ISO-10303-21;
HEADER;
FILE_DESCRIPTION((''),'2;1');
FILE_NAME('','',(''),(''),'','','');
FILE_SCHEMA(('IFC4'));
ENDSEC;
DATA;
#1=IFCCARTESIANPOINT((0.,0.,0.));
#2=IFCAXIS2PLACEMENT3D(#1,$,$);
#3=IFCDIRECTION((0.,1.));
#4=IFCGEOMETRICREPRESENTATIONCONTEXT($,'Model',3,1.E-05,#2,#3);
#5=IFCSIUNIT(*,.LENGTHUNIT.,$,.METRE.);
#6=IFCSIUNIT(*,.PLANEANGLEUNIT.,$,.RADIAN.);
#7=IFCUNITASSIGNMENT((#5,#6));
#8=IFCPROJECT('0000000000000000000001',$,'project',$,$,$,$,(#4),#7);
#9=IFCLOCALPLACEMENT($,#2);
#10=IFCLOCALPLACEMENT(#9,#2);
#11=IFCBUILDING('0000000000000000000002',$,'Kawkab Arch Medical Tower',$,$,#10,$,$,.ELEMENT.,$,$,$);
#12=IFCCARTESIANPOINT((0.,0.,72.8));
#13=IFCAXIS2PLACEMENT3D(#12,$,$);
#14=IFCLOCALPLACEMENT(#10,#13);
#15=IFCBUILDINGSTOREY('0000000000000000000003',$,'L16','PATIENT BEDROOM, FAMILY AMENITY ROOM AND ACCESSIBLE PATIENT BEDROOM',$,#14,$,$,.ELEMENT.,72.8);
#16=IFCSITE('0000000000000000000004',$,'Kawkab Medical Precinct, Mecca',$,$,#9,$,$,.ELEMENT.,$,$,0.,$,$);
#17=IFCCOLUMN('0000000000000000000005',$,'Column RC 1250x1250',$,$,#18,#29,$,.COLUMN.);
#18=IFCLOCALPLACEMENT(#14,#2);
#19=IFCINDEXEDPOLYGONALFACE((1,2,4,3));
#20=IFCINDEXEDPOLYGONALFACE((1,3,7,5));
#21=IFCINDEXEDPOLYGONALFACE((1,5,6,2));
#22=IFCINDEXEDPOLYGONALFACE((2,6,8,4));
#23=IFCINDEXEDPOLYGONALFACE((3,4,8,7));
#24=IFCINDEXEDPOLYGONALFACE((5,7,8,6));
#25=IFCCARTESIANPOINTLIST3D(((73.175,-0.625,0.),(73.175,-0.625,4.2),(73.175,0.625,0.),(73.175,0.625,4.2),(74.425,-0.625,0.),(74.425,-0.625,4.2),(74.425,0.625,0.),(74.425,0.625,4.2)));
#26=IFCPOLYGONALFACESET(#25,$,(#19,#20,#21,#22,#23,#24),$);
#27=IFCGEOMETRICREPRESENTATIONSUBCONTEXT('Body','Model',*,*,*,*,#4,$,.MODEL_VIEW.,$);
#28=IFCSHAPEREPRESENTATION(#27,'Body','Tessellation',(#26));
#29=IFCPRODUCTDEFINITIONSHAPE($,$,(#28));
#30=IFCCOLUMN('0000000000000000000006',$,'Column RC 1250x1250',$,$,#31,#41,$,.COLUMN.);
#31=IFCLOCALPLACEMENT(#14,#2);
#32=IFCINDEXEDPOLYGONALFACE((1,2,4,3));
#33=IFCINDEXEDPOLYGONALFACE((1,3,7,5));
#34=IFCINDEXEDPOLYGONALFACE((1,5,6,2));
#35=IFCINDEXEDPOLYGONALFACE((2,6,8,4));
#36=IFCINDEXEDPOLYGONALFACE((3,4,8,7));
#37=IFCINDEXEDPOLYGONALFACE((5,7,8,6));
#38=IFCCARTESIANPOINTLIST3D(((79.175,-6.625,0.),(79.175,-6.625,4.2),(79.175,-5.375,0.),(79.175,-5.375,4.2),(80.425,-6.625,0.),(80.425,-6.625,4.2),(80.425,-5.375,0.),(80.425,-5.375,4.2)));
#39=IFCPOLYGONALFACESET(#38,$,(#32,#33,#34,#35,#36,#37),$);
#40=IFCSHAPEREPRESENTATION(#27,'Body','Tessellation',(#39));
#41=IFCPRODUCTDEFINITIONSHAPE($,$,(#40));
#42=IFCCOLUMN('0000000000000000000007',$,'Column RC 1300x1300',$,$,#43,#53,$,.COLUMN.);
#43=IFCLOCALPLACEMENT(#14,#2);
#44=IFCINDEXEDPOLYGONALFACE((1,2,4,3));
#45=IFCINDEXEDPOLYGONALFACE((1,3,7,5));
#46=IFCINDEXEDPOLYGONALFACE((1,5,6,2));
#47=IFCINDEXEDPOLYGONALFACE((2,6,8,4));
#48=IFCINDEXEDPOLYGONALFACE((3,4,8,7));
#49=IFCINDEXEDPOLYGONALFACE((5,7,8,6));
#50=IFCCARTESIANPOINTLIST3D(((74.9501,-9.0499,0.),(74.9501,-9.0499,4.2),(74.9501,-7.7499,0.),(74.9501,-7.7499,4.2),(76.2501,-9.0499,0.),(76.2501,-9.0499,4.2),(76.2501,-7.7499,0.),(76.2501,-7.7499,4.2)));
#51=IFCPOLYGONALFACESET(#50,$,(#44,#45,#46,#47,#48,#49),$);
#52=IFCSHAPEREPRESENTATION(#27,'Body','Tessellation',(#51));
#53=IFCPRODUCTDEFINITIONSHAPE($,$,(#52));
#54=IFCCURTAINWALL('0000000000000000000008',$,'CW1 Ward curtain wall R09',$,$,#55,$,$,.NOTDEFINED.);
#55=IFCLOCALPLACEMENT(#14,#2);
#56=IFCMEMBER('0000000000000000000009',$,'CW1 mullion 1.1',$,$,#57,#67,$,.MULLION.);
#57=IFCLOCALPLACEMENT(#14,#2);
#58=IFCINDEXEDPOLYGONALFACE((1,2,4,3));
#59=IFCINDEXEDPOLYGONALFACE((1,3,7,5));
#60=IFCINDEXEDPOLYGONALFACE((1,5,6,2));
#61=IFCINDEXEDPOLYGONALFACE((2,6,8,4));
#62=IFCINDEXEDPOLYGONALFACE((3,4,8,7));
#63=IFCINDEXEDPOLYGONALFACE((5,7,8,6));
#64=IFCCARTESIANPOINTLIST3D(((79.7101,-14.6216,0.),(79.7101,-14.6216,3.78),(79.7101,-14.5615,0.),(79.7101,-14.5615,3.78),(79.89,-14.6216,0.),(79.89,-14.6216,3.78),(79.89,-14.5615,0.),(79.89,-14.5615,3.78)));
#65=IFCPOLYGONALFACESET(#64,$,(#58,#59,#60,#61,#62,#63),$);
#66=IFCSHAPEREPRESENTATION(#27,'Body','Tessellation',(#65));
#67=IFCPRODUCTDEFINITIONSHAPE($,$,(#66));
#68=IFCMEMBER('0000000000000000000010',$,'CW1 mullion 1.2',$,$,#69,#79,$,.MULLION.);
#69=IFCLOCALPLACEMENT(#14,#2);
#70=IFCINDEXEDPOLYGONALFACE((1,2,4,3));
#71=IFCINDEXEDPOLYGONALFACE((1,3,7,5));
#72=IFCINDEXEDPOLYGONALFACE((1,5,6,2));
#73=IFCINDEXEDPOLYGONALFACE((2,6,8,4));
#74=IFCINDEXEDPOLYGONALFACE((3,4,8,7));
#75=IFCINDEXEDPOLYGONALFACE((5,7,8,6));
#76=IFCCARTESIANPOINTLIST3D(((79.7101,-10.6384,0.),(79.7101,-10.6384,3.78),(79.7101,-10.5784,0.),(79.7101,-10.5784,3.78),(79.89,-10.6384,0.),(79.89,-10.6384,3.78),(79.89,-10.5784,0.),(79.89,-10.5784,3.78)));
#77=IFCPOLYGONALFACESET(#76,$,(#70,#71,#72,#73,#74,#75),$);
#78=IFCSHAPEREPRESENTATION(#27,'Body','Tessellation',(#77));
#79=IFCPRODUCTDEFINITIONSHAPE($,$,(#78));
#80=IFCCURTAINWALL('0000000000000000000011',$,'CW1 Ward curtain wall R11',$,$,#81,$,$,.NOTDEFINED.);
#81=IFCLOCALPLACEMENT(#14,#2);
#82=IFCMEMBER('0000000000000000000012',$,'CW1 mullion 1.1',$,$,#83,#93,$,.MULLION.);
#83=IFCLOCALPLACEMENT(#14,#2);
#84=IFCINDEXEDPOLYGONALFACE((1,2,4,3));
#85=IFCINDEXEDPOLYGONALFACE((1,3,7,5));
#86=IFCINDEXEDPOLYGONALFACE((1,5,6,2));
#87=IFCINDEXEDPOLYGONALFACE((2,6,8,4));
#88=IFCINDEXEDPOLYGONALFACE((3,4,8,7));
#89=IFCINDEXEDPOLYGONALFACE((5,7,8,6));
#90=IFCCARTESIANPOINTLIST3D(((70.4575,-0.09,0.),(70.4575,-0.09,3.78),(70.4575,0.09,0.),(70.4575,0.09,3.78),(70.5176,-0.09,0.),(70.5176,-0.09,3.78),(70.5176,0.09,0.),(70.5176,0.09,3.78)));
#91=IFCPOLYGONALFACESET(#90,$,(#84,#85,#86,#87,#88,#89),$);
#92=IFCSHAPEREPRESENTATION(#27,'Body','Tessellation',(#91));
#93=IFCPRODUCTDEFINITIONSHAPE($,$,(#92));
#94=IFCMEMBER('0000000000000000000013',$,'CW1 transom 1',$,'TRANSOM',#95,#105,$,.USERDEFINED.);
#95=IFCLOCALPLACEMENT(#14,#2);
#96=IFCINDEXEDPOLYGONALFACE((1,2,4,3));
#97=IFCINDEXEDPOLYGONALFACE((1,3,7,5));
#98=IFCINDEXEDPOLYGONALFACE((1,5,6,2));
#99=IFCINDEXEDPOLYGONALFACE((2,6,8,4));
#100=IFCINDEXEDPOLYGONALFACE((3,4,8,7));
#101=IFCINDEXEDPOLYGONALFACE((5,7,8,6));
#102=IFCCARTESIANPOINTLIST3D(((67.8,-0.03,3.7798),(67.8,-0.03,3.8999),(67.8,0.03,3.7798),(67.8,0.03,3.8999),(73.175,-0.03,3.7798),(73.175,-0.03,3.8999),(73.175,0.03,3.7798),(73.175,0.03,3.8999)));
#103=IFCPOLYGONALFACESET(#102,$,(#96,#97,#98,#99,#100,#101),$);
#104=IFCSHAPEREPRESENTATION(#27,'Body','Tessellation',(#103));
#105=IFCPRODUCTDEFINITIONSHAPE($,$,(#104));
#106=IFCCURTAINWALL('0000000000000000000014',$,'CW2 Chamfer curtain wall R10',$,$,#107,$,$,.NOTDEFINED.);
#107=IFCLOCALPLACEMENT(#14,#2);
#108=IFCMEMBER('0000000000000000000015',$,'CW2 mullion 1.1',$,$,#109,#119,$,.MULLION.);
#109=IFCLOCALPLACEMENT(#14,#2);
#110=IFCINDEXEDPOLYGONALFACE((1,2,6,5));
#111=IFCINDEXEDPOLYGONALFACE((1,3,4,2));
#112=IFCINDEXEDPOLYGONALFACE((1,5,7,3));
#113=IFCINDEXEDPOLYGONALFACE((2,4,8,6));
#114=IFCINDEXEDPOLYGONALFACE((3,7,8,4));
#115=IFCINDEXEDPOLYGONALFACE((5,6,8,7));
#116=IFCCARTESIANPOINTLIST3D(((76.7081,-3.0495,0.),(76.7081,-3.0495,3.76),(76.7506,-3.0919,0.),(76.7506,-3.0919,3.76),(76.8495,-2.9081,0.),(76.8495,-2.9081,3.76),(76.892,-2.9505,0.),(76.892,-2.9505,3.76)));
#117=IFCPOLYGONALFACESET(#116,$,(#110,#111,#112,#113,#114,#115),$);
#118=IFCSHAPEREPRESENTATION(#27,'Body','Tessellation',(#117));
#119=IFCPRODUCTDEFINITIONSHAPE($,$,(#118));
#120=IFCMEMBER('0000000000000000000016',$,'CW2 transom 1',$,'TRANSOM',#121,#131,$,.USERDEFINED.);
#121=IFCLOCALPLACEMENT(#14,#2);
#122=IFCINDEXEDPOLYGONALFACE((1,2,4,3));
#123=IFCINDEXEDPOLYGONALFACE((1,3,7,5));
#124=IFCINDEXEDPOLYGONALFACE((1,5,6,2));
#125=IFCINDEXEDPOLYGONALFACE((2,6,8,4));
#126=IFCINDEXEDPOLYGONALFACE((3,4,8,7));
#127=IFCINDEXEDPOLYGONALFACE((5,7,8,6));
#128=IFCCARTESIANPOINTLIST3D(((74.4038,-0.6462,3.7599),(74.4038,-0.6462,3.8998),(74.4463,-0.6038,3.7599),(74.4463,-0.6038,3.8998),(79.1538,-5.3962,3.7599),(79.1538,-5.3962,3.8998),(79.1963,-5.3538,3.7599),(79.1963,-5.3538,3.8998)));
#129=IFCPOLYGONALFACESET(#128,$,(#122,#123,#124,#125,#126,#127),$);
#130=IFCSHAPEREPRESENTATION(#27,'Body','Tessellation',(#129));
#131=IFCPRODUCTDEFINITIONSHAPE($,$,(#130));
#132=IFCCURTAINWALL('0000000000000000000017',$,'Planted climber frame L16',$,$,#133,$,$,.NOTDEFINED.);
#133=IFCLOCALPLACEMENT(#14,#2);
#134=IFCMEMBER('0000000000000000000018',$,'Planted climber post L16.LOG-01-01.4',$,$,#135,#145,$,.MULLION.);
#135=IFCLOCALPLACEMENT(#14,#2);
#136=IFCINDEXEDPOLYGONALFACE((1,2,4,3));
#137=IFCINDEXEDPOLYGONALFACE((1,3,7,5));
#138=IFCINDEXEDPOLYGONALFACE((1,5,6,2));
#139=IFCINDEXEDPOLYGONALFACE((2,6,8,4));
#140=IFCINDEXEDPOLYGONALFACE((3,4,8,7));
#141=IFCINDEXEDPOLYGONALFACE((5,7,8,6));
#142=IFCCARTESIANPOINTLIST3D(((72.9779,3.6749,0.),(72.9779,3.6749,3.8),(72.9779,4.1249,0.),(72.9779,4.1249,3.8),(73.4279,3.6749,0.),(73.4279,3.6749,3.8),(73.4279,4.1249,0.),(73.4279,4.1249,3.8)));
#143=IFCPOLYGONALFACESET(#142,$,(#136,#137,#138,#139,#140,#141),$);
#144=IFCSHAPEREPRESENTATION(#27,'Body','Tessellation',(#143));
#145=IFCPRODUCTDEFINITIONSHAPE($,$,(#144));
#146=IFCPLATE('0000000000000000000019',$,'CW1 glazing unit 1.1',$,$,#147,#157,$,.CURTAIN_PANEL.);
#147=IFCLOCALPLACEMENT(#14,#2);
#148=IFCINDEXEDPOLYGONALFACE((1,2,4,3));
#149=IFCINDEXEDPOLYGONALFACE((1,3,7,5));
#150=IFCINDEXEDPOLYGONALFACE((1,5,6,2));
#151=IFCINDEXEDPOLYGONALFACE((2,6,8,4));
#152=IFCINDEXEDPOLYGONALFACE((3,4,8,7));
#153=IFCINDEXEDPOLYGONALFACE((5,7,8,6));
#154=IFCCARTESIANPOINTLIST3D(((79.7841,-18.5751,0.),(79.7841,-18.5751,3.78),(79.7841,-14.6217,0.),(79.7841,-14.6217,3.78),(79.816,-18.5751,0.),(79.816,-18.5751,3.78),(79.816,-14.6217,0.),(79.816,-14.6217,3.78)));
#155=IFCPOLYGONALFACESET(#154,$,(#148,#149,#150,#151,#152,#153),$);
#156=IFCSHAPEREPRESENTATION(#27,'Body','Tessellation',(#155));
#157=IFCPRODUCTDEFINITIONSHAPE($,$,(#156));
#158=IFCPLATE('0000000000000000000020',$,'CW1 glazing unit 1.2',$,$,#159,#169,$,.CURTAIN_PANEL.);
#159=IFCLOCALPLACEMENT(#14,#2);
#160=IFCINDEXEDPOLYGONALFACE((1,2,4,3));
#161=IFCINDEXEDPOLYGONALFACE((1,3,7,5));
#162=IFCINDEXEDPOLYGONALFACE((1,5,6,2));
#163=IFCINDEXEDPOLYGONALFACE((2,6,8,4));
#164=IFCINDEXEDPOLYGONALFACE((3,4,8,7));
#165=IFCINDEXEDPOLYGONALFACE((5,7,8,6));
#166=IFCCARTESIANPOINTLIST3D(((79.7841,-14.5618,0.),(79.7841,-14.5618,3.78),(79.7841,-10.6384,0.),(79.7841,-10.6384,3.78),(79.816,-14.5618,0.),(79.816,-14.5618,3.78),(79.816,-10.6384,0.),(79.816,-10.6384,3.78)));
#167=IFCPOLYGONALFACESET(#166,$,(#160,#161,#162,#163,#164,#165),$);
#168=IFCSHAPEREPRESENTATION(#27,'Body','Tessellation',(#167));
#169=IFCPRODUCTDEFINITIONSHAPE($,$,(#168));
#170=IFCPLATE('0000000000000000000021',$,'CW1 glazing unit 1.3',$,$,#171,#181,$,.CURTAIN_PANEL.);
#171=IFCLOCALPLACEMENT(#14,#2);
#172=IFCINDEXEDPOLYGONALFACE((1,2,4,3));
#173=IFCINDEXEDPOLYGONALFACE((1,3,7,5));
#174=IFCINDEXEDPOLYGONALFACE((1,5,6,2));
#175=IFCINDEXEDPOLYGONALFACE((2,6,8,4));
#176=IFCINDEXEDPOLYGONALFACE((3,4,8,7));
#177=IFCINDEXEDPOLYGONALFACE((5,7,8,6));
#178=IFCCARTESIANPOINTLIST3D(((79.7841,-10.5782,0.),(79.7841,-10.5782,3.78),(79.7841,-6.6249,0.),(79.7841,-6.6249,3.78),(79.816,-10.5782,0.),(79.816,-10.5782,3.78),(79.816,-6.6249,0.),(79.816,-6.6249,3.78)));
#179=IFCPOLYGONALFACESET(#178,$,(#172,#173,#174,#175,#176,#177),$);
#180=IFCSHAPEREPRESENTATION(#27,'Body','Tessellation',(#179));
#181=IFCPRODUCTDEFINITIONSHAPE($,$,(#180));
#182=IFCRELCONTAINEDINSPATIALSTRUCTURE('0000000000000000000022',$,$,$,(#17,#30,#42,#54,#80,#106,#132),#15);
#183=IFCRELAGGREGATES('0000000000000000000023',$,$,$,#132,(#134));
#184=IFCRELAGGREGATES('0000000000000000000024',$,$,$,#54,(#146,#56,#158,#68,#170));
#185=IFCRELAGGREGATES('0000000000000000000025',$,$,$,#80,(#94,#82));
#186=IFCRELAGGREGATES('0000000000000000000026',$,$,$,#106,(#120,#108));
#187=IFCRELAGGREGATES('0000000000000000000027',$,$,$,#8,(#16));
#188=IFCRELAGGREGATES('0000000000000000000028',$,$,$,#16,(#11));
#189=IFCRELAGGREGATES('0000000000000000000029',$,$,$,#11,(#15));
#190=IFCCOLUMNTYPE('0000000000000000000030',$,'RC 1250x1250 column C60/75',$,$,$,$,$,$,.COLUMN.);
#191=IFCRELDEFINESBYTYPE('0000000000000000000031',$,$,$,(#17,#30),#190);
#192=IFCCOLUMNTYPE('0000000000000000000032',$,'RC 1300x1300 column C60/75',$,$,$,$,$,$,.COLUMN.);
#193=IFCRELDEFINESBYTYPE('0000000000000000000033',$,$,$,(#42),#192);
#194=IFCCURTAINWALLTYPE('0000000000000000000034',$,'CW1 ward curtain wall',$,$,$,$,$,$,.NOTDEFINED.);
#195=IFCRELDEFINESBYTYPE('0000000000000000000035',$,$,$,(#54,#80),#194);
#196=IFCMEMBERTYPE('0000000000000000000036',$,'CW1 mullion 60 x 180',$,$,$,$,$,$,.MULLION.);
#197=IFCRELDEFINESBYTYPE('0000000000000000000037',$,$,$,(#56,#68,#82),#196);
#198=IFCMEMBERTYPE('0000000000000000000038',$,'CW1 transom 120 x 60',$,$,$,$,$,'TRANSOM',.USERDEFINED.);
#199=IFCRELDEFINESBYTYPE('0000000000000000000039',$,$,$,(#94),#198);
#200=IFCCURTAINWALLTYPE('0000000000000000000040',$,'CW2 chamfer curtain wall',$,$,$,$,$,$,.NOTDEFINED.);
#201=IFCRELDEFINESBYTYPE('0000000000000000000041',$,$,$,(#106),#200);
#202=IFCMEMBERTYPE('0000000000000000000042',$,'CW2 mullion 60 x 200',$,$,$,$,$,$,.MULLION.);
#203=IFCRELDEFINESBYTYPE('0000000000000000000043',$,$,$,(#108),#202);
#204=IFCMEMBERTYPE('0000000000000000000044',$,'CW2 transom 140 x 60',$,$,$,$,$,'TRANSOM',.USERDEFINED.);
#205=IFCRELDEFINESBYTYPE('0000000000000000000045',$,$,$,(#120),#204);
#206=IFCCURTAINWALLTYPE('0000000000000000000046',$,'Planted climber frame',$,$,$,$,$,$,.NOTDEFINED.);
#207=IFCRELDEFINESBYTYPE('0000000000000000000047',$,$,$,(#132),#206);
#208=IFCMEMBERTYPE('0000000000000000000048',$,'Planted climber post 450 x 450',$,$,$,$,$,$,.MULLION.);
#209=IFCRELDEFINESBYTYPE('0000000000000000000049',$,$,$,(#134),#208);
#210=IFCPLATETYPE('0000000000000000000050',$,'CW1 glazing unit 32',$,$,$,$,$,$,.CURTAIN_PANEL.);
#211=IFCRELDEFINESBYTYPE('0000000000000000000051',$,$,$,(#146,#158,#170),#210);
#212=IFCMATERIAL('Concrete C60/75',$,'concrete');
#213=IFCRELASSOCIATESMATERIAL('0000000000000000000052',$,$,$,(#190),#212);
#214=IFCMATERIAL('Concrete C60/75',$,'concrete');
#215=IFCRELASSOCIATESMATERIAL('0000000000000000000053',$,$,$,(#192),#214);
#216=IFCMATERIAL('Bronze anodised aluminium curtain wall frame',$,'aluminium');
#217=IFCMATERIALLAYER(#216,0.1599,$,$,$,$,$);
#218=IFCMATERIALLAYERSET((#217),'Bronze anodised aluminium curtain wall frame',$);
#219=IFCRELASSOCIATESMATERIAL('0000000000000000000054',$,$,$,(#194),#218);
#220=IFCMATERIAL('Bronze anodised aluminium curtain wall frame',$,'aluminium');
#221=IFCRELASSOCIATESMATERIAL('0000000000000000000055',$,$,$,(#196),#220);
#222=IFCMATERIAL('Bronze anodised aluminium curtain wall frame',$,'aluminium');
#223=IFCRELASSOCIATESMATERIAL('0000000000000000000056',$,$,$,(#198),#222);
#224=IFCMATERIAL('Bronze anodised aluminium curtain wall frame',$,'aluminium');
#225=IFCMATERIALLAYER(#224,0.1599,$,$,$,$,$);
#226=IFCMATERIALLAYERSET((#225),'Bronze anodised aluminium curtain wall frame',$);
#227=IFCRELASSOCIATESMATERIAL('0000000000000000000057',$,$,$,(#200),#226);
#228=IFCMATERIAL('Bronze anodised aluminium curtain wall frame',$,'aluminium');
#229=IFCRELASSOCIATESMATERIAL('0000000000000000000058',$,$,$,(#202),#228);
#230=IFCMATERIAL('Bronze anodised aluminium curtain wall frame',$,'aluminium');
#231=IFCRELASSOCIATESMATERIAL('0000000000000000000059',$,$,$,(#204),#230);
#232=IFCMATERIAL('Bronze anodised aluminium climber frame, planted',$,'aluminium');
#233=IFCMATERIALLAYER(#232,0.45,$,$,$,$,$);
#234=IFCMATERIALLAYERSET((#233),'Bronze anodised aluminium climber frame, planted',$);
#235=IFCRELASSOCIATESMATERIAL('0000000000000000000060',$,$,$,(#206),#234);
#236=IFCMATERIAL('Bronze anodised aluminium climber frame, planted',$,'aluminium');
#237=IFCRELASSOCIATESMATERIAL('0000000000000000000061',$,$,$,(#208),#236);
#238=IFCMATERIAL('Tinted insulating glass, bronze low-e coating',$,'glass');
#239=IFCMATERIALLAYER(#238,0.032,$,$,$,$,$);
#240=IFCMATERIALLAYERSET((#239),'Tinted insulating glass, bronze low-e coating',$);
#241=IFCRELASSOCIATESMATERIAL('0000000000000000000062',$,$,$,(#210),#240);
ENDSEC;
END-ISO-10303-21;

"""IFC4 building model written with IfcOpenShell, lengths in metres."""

from ifc_helpers import new_model, si_unit, direction, frame, origin, origin_2d, place, context, subcontext, project, spatial, rectangle, extrude, material, layer, layer_set, material_profile, profile_set, type_object, element, aggregate, save


model = new_model("IFC4")

# Units and contexts
model_context = context("Model", 3, precision=1e-05, world=origin(), true_north=direction((0.0, 1.0)))
body_context = subcontext(model_context, "Body", "Model", "MODEL_VIEW")
ifc_project = project(units=[si_unit("LENGTHUNIT", "METRE"), si_unit("PLANEANGLEUNIT", "RADIAN")], contexts=[model_context])

# Site, building, storey
site_placement = place(None, origin())
site = spatial("IfcSite", under=ifc_project, at=site_placement, Name="Kawkab Medical Precinct, Mecca", CompositionType="ELEMENT", RefElevation=0.0)
building_placement = place(site_placement, origin())
building = spatial("IfcBuilding", under=site, at=building_placement, Name="Kawkab Arch Medical Tower", CompositionType="ELEMENT")
storey_placement = place(building_placement, frame((0.0, 0.0, 72.8)))
storey = spatial("IfcBuildingStorey", under=building, at=storey_placement, Name="L16", Description="PATIENT BEDROOM, FAMILY AMENITY ROOM AND ACCESSIBLE PATIENT BEDROOM", CompositionType="ELEMENT", Elevation=72.8)

# Columns
ifc_material_1 = material(Name="Concrete C60/75", Category="concrete")
ifc_material_profile_1 = material_profile(ifc_material_1, rectangle(XDim=1.25, YDim=1.25, at=origin_2d()), Name="RC 1250x1250")
ifc_profile_set_1 = profile_set([ifc_material_profile_1], Name="Concrete C60/75")
column_type_1 = type_object("IfcColumnType", Name="RC 1250x1250 column C60/75", PredefinedType="COLUMN", material=ifc_profile_set_1)
for number, where, z_axis, x_axis, name in (
    (1, (73.8, 0.0, 0.0), (0.0, 0.0, 1.0), (1.0, 0.0, 0.0), "Column RC 1250x1250"),
    (2, (79.8, -6.0, 0.0), (0.0, 0.0, 1.0), (1.0, 0.0, 0.0), "Column RC 1250x1250"),
):
    element("IfcColumn", number, at=place(storey_placement, frame(where, z_axis=z_axis, x_axis=x_axis)), inside=storey, type_object=column_type_1, Name=name, PredefinedType="COLUMN", context=body_context, shape_type="SweptSolid", body=[
        extrude(rectangle(XDim=1.25, YDim=1.25, at=origin_2d()), origin(), (0.0, 0.0, 1.0), 4.2),
    ])
ifc_material_2 = material(Name="Concrete C60/75", Category="concrete")
ifc_material_profile_2 = material_profile(ifc_material_2, rectangle(XDim=1.3, YDim=1.3, at=origin_2d()), Name="RC 1300x1300")
ifc_profile_set_2 = profile_set([ifc_material_profile_2], Name="Concrete C60/75")
column_type_2 = type_object("IfcColumnType", Name="RC 1300x1300 column C60/75", PredefinedType="COLUMN", material=ifc_profile_set_2)
column_placement = place(storey_placement, frame((75.6001, -8.3999, 0.0), z_axis=(0.0, 0.0, 1.0), x_axis=(1.0, 0.0, 0.0)))
element("IfcColumn", 3, at=column_placement, inside=storey, type_object=column_type_2, Name="Column RC 1300x1300", PredefinedType="COLUMN", context=body_context, shape_type="SweptSolid", body=[
    extrude(rectangle(XDim=1.3, YDim=1.3, at=origin_2d()), origin(), (0.0, 0.0, 1.0), 4.2),
])

# Curtain walls, members
ifc_material_3 = material(Name="Bronze anodised aluminium curtain wall frame", Category="aluminium")
ifc_layer_1 = layer(ifc_material_3, 0.1599)
ifc_layer_set_1 = layer_set([ifc_layer_1], Name="Bronze anodised aluminium curtain wall frame")
curtain_wall_type_1 = type_object("IfcCurtainWallType", Name="CW1 ward curtain wall", PredefinedType="NOTDEFINED", material=ifc_layer_set_1)
placement = place(storey_placement, origin())
curtain_wall_1 = element("IfcCurtainWall", 4, at=placement, inside=storey, type_object=curtain_wall_type_1, Name="CW1 Ward curtain wall R09", PredefinedType="NOTDEFINED")
ifc_material_4 = material(Name="Bronze anodised aluminium curtain wall frame", Category="aluminium")
ifc_material_profile_3 = material_profile(ifc_material_4, rectangle(XDim=0.1799, YDim=0.0601, at=origin_2d()), Name="AL 60x180")
ifc_profile_set_3 = profile_set([ifc_material_profile_3], Name="Bronze anodised aluminium curtain wall frame")
member_type_1 = type_object("IfcMemberType", Name="CW1 mullion 60 x 180", PredefinedType="MULLION", material=ifc_profile_set_3)
member_1_placement = place(storey_placement, frame((79.8, -14.5916, 0.0), z_axis=(0.0, 0.0, 1.0), x_axis=(-1.0, 0.0, 0.0)))
member_1 = element("IfcMember", 5, at=member_1_placement, type_object=member_type_1, Name="CW1 mullion 1.1", PredefinedType="MULLION", context=body_context, shape_type="SweptSolid", body=[
    extrude(rectangle(XDim=0.1799, YDim=0.0601, at=origin_2d()), origin(), (0.0, 0.0, 1.0), 3.78),
])
member_2_placement = place(storey_placement, frame((79.8, -10.6084, 0.0), z_axis=(0.0, 0.0, 1.0), x_axis=(-1.0, 0.0, 0.0)))
member_2 = element("IfcMember", 6, at=member_2_placement, type_object=member_type_1, Name="CW1 mullion 1.2", PredefinedType="MULLION", context=body_context, shape_type="SweptSolid", body=[
    extrude(rectangle(XDim=0.1799, YDim=0.0601, at=origin_2d()), origin(), (0.0, 0.0, 1.0), 3.78),
])
curtain_wall_2 = element("IfcCurtainWall", 7, at=placement, inside=storey, type_object=curtain_wall_type_1, Name="CW1 Ward curtain wall R11", PredefinedType="NOTDEFINED")
member_3_placement = place(storey_placement, frame((70.4875, 0.0, 0.0), z_axis=(0.0, 0.0, 1.0), x_axis=(0.0, -1.0, 0.0)))
member_3 = element("IfcMember", 8, at=member_3_placement, type_object=member_type_1, Name="CW1 mullion 1.1", PredefinedType="MULLION", context=body_context, shape_type="SweptSolid", body=[
    extrude(rectangle(XDim=0.1799, YDim=0.0601, at=origin_2d()), origin(), (0.0, 0.0, 1.0), 3.78),
])
ifc_material_5 = material(Name="Bronze anodised aluminium curtain wall frame", Category="aluminium")
ifc_material_profile_4 = material_profile(ifc_material_5, rectangle(XDim=0.0601, YDim=0.1201, at=origin_2d()), Name="AL 60x120")
ifc_profile_set_4 = profile_set([ifc_material_profile_4], Name="Bronze anodised aluminium curtain wall frame")
member_type_2 = type_object("IfcMemberType", Name="CW1 transom 120 x 60", ElementType="TRANSOM", PredefinedType="USERDEFINED", material=ifc_profile_set_4)
member_4_placement = place(storey_placement, frame((73.175, 0.0, 3.8398), z_axis=(-1.0, 0.0, 0.0), x_axis=(0.0, -1.0, 0.0)))
member_4 = element("IfcMember", 9, at=member_4_placement, type_object=member_type_2, Name="CW1 transom 1", ObjectType="TRANSOM", PredefinedType="USERDEFINED", context=body_context, shape_type="SweptSolid", body=[
    extrude(rectangle(XDim=0.0601, YDim=0.1201, at=origin_2d()), origin(), (0.0, 0.0, 1.0), 5.375),
])
ifc_material_6 = material(Name="Bronze anodised aluminium curtain wall frame", Category="aluminium")
ifc_layer_2 = layer(ifc_material_6, 0.1599)
ifc_layer_set_2 = layer_set([ifc_layer_2], Name="Bronze anodised aluminium curtain wall frame")
curtain_wall_type_2 = type_object("IfcCurtainWallType", Name="CW2 chamfer curtain wall", PredefinedType="NOTDEFINED", material=ifc_layer_set_2)
curtain_wall_3 = element("IfcCurtainWall", 10, at=placement, inside=storey, type_object=curtain_wall_type_2, Name="CW2 Chamfer curtain wall R10", PredefinedType="NOTDEFINED")
ifc_material_7 = material(Name="Bronze anodised aluminium curtain wall frame", Category="aluminium")
ifc_material_profile_5 = material_profile(ifc_material_7, rectangle(XDim=0.2, YDim=0.0601, at=origin_2d()), Name="AL 60x200")
ifc_profile_set_5 = profile_set([ifc_material_profile_5], Name="Bronze anodised aluminium curtain wall frame")
member_type_3 = type_object("IfcMemberType", Name="CW2 mullion 60 x 200", PredefinedType="MULLION", material=ifc_profile_set_5)
member_5_placement = place(storey_placement, frame((76.8, -3.0, 0.0), z_axis=(0.0, 0.0, 1.0), x_axis=(-0.707107, -0.707107, 0.0)))
member_5 = element("IfcMember", 11, at=member_5_placement, type_object=member_type_3, Name="CW2 mullion 1.1", PredefinedType="MULLION", context=body_context, shape_type="SweptSolid", body=[
    extrude(rectangle(XDim=0.2, YDim=0.0601, at=origin_2d()), origin(), (0.0, 0.0, 1.0), 3.76),
])
ifc_material_8 = material(Name="Bronze anodised aluminium curtain wall frame", Category="aluminium")
ifc_material_profile_6 = material_profile(ifc_material_8, rectangle(XDim=0.0601, YDim=0.1399, at=origin_2d()), Name="AL 60x140")
ifc_profile_set_6 = profile_set([ifc_material_profile_6], Name="Bronze anodised aluminium curtain wall frame")
member_type_4 = type_object("IfcMemberType", Name="CW2 transom 140 x 60", ElementType="TRANSOM", PredefinedType="USERDEFINED", material=ifc_profile_set_6)
member_6_placement = place(storey_placement, frame((79.175, -5.375, 3.8298), z_axis=(-0.707107, 0.707107, 0.0), x_axis=(-0.707107, -0.707107, 0.0)))
member_6 = element("IfcMember", 12, at=member_6_placement, type_object=member_type_4, Name="CW2 transom 1", ObjectType="TRANSOM", PredefinedType="USERDEFINED", context=body_context, shape_type="SweptSolid", body=[
    extrude(rectangle(XDim=0.0601, YDim=0.1399, at=origin_2d()), origin(), (0.0, 0.0, 1.0), 6.7175),
])

# Curtain wall, member
ifc_material_9 = material(Name="Bronze anodised aluminium climber frame, planted", Category="aluminium")
ifc_layer_3 = layer(ifc_material_9, 0.45)
ifc_layer_set_3 = layer_set([ifc_layer_3], Name="Bronze anodised aluminium climber frame, planted")
curtain_wall_type_3 = type_object("IfcCurtainWallType", Name="Planted climber frame", PredefinedType="NOTDEFINED", material=ifc_layer_set_3)
curtain_wall_4 = element("IfcCurtainWall", 13, at=placement, inside=storey, type_object=curtain_wall_type_3, Name="Planted climber frame L16", PredefinedType="NOTDEFINED")
ifc_material_10 = material(Name="Bronze anodised aluminium climber frame, planted", Category="aluminium")
ifc_material_profile_7 = material_profile(ifc_material_10, rectangle(XDim=0.45, YDim=0.45, at=origin_2d()), Name="Post 450x450")
ifc_profile_set_7 = profile_set([ifc_material_profile_7], Name="Bronze anodised aluminium climber frame, planted")
member_type_5 = type_object("IfcMemberType", Name="Planted climber post 450 x 450", PredefinedType="MULLION", material=ifc_profile_set_7)
member_7_placement = place(storey_placement, frame((73.2029, 3.8999, 0.0), z_axis=(0.0, 0.0, 1.0), x_axis=(1.0, 0.0, 0.0)))
member_7 = element("IfcMember", 14, at=member_7_placement, type_object=member_type_5, Name="Planted climber post L16.LOG-01-01.4", PredefinedType="MULLION", context=body_context, shape_type="SweptSolid", body=[
    extrude(rectangle(XDim=0.45, YDim=0.45, at=origin_2d()), origin(), (0.0, 0.0, 1.0), 3.8),
])
aggregate(curtain_wall_4, [member_7])

# Plates
ifc_material_11 = material(Name="Tinted insulating glass, bronze low-e coating", Category="glass")
ifc_layer_4 = layer(ifc_material_11, 0.032)
ifc_layer_set_4 = layer_set([ifc_layer_4], Name="Tinted insulating glass, bronze low-e coating")
plate_type_1 = type_object("IfcPlateType", Name="CW1 glazing unit 32", PredefinedType="CURTAIN_PANEL", material=ifc_layer_set_4)
plate_1_placement = place(storey_placement, frame((79.8, -16.5984, 0.0), z_axis=(0.0, 0.0, 1.0), x_axis=(0.0, 1.0, 0.0)))
plate_1 = element("IfcPlate", 15, at=plate_1_placement, type_object=plate_type_1, Name="CW1 glazing unit 1.1", PredefinedType="CURTAIN_PANEL", context=body_context, shape_type="SweptSolid", body=[
    extrude(rectangle(XDim=3.9534, YDim=0.032, at=origin_2d()), origin(), (0.0, 0.0, 1.0), 3.78),
])
plate_2_placement = place(storey_placement, frame((79.8, -12.6001, 0.0), z_axis=(0.0, 0.0, 1.0), x_axis=(0.0, 1.0, 0.0)))
plate_2 = element("IfcPlate", 16, at=plate_2_placement, type_object=plate_type_1, Name="CW1 glazing unit 1.2", PredefinedType="CURTAIN_PANEL", context=body_context, shape_type="SweptSolid", body=[
    extrude(rectangle(XDim=3.9233, YDim=0.032, at=origin_2d()), origin(), (0.0, 0.0, 1.0), 3.78),
])
plate_3_placement = place(storey_placement, frame((79.8, -8.6016, 0.0), z_axis=(0.0, 0.0, 1.0), x_axis=(0.0, 1.0, 0.0)))
plate_3 = element("IfcPlate", 17, at=plate_3_placement, type_object=plate_type_1, Name="CW1 glazing unit 1.3", PredefinedType="CURTAIN_PANEL", context=body_context, shape_type="SweptSolid", body=[
    extrude(rectangle(XDim=3.9534, YDim=0.032, at=origin_2d()), origin(), (0.0, 0.0, 1.0), 3.78),
])
aggregate(curtain_wall_1, [plate_1, member_1, plate_2, member_2, plate_3])
aggregate(curtain_wall_2, [member_4, member_3])
aggregate(curtain_wall_3, [member_6, member_5])

save(model, "model.ifc")
